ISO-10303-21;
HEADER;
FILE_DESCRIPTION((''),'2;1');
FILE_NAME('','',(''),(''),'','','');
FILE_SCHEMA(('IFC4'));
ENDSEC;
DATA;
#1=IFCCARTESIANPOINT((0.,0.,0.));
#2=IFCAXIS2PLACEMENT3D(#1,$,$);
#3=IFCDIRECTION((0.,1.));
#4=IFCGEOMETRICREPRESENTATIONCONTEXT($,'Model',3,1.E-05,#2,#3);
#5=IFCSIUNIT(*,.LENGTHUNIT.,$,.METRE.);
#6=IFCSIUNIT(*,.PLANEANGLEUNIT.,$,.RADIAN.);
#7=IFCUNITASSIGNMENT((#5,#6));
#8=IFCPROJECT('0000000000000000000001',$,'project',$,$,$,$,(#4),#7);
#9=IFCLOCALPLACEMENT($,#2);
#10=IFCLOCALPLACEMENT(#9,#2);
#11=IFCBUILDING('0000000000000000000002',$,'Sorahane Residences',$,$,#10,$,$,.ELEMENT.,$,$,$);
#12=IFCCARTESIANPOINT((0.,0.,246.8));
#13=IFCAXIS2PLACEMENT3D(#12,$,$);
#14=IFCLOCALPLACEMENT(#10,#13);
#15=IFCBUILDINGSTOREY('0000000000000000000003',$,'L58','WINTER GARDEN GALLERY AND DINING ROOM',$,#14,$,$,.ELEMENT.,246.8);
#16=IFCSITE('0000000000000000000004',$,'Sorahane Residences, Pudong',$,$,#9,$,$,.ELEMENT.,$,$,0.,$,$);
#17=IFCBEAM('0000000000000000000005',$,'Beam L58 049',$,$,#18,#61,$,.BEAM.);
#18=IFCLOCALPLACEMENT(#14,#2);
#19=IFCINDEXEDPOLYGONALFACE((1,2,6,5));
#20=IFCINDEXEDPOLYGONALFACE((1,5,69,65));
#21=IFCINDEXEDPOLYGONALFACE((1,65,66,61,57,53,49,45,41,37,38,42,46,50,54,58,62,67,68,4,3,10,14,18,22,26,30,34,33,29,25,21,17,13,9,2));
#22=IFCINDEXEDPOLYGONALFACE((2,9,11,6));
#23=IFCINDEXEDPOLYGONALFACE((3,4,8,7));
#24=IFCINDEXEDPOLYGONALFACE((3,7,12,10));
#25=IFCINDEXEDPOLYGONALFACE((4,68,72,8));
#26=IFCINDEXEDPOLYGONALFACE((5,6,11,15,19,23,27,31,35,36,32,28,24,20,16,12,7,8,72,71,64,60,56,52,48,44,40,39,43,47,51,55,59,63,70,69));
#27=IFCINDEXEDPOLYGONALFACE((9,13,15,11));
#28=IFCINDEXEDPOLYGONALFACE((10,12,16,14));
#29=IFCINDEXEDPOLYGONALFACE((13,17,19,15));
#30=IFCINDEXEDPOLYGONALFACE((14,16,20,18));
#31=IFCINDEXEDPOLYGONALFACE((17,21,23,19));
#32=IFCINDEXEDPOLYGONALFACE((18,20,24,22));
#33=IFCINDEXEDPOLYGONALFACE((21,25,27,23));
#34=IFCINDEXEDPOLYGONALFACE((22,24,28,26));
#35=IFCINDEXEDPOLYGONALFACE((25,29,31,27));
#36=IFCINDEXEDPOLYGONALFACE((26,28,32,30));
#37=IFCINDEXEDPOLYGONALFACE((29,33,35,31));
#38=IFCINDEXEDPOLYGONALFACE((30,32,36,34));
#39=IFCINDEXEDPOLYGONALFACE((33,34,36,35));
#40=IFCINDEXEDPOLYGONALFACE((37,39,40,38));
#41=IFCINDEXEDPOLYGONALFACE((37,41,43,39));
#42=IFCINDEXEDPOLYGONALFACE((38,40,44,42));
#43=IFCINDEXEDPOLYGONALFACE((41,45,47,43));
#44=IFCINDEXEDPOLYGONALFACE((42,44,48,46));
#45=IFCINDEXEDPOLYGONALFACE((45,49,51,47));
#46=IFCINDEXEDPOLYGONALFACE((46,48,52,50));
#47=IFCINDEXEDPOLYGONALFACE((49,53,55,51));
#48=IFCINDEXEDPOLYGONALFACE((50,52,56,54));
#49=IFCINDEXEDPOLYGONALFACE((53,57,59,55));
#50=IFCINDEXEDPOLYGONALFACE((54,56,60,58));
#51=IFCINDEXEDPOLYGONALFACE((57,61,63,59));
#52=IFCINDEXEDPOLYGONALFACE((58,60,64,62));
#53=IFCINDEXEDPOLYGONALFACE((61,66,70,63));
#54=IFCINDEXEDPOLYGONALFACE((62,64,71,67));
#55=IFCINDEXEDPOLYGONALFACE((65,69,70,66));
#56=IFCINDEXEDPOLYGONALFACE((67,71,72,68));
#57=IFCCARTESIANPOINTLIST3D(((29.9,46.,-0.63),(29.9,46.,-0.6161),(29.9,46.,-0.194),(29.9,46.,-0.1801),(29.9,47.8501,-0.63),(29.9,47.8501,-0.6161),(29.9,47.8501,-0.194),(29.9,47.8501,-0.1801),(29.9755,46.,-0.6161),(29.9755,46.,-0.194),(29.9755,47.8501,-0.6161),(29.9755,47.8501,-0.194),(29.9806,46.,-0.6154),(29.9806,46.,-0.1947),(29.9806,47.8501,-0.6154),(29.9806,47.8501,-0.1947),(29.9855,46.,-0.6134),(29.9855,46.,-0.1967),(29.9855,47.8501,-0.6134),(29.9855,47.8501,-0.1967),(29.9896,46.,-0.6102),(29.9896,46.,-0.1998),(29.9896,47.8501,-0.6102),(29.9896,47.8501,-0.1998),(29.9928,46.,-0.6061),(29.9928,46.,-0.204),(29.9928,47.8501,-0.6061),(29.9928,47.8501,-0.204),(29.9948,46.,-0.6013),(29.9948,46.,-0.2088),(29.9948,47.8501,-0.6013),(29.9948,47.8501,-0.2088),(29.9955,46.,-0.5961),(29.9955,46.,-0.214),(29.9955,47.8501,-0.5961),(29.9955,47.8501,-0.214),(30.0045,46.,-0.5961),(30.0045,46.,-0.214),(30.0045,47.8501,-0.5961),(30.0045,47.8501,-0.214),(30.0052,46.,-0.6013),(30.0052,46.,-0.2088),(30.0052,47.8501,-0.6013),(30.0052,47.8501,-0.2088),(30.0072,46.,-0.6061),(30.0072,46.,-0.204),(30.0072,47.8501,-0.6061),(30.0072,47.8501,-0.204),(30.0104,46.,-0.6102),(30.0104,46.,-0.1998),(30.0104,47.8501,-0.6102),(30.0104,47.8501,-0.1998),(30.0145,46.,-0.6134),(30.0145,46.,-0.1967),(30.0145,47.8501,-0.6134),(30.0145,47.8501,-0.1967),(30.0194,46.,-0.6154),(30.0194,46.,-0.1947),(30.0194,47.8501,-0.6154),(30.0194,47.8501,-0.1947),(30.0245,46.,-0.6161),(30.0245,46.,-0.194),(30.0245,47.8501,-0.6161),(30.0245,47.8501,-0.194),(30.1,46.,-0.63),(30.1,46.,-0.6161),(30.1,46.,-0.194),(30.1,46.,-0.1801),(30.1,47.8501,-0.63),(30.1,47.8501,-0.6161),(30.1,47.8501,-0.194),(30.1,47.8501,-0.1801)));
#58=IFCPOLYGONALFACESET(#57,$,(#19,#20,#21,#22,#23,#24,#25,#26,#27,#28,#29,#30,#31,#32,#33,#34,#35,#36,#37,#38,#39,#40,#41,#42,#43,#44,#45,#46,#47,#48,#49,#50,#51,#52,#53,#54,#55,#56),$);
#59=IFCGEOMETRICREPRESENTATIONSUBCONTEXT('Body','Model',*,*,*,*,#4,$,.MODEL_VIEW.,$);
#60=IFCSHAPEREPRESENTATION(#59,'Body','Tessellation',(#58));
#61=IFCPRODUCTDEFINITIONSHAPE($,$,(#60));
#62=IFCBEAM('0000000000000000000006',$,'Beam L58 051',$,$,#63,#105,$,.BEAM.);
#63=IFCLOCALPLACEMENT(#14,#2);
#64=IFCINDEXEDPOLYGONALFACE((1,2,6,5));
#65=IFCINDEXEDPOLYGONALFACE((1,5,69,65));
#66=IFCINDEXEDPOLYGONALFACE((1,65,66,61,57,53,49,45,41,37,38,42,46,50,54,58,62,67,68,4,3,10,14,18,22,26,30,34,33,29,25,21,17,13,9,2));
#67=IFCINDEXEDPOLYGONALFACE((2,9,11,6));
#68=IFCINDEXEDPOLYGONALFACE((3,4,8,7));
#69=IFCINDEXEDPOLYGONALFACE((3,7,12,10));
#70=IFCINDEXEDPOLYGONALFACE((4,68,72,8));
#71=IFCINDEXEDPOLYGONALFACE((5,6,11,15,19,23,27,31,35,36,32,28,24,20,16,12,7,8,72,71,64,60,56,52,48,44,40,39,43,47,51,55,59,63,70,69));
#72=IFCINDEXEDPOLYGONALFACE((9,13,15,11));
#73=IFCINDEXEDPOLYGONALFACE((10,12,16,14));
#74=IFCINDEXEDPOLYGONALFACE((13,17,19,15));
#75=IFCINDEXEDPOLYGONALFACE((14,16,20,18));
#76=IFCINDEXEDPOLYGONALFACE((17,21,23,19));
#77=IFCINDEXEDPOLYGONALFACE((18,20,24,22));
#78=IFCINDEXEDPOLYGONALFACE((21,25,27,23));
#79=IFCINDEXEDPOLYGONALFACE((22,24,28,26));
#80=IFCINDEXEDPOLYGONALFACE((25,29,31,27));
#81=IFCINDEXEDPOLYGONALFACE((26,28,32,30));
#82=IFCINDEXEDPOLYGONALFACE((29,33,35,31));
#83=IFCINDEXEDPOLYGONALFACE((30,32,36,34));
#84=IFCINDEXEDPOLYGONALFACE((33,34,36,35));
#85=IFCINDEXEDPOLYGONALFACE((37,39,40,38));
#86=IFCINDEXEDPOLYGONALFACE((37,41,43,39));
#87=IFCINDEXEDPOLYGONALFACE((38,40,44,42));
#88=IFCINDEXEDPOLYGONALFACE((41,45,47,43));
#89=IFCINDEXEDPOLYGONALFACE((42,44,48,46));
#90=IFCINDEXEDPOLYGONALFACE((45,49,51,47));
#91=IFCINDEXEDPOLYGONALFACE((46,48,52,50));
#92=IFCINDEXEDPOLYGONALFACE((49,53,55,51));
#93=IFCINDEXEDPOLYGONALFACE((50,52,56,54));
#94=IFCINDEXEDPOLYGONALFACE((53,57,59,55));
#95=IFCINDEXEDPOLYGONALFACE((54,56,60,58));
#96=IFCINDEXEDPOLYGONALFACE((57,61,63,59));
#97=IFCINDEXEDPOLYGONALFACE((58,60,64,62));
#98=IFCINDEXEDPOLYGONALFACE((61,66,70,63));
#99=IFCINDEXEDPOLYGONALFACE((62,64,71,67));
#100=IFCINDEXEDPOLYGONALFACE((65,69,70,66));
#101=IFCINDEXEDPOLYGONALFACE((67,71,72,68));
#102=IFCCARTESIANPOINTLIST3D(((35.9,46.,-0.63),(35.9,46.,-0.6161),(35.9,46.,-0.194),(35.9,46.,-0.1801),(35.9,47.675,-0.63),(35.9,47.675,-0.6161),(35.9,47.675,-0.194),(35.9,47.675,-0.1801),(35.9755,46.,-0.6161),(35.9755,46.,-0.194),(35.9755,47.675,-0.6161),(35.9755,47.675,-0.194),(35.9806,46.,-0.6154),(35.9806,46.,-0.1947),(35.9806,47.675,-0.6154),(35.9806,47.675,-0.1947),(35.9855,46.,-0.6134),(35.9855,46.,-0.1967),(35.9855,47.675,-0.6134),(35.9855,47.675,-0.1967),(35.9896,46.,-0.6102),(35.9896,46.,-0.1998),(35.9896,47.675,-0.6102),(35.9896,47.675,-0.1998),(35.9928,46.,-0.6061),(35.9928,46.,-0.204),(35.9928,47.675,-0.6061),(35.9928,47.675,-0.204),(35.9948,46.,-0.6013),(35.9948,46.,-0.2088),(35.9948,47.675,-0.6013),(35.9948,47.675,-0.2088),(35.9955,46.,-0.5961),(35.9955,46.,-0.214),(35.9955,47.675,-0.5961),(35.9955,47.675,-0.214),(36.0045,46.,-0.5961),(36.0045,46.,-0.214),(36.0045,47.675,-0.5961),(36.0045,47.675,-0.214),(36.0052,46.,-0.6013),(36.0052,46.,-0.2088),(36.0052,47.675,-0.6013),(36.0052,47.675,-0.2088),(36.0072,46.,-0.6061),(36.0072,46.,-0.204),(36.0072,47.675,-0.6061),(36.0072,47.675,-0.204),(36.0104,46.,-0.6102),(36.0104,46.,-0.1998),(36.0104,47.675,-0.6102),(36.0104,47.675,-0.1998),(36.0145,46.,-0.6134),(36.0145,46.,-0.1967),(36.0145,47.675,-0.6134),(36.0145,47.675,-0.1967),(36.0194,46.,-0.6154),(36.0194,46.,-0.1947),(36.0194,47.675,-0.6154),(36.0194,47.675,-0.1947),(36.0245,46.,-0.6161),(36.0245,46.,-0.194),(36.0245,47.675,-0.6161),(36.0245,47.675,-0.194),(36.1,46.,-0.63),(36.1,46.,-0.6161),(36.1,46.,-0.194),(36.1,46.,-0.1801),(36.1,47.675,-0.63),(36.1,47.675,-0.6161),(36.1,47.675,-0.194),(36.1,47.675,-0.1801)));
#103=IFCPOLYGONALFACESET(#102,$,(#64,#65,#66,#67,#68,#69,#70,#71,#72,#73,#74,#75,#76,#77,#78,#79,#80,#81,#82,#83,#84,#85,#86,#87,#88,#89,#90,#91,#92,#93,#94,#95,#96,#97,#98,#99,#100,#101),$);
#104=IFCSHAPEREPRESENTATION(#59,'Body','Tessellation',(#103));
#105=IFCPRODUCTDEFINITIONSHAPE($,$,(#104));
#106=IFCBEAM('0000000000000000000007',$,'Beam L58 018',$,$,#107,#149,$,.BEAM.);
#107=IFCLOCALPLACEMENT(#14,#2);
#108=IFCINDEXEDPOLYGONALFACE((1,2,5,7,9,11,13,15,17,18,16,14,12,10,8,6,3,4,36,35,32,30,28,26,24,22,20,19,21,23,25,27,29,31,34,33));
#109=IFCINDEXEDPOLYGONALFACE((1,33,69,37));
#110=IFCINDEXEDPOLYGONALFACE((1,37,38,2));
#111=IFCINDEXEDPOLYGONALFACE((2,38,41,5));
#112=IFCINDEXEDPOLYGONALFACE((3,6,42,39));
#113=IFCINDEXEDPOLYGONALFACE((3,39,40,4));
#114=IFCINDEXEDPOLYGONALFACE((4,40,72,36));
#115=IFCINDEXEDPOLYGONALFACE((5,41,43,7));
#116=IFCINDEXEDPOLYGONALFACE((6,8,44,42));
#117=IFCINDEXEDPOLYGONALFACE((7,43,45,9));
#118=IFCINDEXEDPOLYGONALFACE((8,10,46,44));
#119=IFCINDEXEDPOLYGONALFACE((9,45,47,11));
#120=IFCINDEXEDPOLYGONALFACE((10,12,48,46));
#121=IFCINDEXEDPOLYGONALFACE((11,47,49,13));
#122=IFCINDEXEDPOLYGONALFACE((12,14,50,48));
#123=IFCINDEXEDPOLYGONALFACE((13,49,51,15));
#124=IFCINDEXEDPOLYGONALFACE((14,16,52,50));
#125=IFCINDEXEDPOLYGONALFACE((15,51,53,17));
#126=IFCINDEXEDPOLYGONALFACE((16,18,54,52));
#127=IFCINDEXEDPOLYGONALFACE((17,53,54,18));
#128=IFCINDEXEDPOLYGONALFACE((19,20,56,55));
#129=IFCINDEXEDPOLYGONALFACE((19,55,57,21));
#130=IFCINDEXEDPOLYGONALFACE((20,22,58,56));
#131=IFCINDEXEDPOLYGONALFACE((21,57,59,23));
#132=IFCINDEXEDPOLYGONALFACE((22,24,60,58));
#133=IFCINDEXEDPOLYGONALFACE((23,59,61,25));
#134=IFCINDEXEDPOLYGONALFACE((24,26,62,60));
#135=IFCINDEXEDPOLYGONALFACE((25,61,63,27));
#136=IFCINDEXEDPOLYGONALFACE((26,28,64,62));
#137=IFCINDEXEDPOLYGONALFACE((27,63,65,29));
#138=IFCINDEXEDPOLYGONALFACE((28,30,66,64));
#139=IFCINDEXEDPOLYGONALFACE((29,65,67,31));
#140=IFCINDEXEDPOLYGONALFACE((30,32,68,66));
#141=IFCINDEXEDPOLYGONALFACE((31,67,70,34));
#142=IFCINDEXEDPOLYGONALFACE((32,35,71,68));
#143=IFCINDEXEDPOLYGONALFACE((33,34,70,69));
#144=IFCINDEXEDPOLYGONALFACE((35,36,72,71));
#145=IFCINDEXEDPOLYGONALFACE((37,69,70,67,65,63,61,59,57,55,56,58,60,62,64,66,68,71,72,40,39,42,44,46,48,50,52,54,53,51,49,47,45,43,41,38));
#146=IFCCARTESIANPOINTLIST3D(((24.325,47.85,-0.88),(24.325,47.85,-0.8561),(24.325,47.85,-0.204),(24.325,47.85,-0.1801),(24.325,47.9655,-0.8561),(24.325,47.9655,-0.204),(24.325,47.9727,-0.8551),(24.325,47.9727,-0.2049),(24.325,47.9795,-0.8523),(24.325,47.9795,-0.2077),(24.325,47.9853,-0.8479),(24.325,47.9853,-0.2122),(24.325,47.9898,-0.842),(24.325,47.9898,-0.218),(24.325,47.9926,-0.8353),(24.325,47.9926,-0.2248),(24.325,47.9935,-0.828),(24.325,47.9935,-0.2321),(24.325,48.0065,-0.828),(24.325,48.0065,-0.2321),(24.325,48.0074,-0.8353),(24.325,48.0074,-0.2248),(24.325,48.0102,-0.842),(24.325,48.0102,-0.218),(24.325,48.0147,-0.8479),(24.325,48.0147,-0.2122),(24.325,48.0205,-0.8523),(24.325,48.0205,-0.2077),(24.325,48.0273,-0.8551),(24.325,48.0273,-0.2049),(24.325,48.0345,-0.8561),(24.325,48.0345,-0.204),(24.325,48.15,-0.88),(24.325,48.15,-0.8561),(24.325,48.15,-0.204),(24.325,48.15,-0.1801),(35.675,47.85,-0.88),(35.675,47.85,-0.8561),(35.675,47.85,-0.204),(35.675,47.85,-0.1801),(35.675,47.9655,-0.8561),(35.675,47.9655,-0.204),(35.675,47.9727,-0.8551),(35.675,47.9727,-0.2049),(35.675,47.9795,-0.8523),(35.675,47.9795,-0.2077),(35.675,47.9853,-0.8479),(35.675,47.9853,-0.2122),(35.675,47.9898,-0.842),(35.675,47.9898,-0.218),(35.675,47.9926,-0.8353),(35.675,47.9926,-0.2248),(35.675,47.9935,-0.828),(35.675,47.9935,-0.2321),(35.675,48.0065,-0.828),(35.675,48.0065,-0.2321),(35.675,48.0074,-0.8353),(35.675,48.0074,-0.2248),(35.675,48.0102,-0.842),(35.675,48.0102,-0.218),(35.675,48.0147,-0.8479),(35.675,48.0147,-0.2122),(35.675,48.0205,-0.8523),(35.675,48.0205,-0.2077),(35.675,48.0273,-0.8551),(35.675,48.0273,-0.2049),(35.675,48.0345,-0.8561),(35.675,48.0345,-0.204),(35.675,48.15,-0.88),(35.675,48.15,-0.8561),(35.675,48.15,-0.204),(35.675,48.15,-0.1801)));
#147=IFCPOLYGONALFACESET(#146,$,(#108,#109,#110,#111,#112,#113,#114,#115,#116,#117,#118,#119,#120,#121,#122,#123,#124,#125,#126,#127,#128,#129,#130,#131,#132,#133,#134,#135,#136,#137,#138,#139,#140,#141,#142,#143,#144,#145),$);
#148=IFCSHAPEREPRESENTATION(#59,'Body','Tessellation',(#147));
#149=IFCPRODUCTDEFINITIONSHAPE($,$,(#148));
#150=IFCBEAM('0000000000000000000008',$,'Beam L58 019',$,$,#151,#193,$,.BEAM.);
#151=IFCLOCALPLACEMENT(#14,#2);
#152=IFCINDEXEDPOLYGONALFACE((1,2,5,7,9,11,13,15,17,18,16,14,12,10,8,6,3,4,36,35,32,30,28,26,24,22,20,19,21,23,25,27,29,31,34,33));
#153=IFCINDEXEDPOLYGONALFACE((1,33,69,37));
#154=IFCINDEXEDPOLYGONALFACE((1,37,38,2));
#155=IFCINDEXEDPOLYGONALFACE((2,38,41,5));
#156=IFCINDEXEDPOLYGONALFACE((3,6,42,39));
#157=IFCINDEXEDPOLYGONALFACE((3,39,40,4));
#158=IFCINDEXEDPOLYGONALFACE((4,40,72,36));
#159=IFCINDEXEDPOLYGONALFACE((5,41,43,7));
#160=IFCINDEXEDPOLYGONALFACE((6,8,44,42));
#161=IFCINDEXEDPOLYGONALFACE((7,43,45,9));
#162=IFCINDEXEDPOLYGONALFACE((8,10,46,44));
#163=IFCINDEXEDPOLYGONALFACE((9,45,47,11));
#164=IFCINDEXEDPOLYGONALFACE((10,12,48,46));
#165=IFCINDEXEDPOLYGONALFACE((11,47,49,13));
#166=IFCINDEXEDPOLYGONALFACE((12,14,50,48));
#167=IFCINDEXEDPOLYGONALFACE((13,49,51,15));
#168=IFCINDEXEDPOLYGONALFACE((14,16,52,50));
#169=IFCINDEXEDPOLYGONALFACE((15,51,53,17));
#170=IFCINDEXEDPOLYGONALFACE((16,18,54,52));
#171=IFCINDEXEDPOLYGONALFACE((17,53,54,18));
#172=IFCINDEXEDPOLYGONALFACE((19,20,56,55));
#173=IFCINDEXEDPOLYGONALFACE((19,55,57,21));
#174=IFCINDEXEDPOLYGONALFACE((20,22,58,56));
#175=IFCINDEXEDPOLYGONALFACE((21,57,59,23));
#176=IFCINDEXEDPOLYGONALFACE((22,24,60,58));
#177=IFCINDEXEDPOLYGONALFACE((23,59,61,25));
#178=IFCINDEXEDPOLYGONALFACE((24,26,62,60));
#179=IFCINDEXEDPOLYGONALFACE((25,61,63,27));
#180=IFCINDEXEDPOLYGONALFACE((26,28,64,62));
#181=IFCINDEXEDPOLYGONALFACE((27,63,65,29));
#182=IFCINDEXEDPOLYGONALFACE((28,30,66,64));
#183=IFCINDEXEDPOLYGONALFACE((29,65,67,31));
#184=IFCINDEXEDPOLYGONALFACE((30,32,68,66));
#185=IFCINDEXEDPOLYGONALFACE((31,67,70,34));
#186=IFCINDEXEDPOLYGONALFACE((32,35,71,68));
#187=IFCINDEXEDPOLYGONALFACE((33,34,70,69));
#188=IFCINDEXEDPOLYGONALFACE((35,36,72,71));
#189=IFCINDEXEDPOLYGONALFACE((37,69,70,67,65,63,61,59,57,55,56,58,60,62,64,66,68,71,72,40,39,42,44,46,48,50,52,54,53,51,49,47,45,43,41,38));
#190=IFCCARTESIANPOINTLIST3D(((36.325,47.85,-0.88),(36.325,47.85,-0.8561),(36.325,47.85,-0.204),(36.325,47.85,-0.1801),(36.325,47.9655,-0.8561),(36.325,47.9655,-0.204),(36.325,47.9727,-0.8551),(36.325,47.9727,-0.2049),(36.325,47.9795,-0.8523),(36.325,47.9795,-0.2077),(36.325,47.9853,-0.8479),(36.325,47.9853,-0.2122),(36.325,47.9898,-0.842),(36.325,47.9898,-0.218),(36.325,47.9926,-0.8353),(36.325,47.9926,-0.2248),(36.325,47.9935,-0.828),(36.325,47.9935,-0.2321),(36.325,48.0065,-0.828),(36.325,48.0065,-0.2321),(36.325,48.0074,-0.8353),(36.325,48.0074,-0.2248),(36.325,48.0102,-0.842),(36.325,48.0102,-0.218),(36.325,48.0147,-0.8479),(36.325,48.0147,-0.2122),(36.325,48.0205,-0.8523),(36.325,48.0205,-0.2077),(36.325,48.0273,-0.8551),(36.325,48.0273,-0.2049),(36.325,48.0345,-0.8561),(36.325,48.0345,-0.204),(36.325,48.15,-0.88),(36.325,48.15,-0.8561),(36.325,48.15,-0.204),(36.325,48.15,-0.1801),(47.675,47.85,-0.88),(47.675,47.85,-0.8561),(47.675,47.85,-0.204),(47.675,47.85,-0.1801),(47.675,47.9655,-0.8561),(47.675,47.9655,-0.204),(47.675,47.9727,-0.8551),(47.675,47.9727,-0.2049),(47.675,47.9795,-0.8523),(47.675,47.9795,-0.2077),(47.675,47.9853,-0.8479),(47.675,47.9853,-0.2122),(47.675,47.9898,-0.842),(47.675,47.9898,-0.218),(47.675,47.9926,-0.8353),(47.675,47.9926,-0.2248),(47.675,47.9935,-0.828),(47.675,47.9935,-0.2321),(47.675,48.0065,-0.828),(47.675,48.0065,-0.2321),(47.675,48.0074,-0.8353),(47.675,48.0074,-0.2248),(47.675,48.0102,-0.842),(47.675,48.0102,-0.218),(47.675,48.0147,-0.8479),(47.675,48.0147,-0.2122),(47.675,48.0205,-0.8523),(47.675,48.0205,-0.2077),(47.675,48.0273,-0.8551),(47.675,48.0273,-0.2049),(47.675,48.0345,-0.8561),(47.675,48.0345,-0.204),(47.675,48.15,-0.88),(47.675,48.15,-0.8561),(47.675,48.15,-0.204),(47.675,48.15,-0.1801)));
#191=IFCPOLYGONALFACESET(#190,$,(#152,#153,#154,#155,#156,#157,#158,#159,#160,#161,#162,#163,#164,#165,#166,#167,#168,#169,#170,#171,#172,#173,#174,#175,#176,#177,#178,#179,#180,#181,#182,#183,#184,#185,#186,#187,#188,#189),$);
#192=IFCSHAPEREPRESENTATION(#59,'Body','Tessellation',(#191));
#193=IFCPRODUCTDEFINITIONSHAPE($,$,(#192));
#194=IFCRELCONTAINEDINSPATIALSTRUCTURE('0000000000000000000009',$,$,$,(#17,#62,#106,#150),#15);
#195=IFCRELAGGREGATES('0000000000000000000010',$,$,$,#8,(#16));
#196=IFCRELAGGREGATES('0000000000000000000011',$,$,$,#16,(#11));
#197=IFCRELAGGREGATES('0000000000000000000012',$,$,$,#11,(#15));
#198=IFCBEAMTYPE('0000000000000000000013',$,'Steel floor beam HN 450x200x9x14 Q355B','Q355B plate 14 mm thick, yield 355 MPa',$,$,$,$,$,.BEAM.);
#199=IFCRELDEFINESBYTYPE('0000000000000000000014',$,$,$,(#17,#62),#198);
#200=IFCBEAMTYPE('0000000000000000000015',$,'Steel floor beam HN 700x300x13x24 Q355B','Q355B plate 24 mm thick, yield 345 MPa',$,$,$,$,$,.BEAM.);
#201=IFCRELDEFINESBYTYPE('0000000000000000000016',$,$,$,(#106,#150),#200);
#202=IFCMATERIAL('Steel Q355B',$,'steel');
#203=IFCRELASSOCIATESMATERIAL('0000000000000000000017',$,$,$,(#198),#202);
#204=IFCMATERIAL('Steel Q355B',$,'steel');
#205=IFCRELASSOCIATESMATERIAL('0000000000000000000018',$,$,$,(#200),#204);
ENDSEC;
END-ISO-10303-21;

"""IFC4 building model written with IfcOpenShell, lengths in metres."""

from ifc_helpers import new_model, si_unit, direction, frame, origin, origin_2d, place, context, subcontext, project, spatial, i_section, extrude, material, material_profile, profile_set, type_object, element, save


model = new_model("IFC4")

# Units and contexts
model_context = context("Model", 3, precision=1e-05, world=origin(), true_north=direction((0.0, 1.0)))
body_context = subcontext(model_context, "Body", "Model", "MODEL_VIEW")
ifc_project = project(units=[si_unit("LENGTHUNIT", "METRE"), si_unit("PLANEANGLEUNIT", "RADIAN")], contexts=[model_context])

# Site, building, storey
site_placement = place(None, origin())
site = spatial("IfcSite", under=ifc_project, at=site_placement, Name="Sorahane Residences, Pudong", CompositionType="ELEMENT", RefElevation=0.0)
building_placement = place(site_placement, origin())
building = spatial("IfcBuilding", under=site, at=building_placement, Name="Sorahane Residences", CompositionType="ELEMENT")
storey_placement = place(building_placement, frame((0.0, 0.0, 246.8)))
storey = spatial("IfcBuildingStorey", under=building, at=storey_placement, Name="L58", Description="WINTER GARDEN GALLERY AND DINING ROOM", CompositionType="ELEMENT", Elevation=246.8)

# Beams
ifc_material_1 = material(Name="Steel Q355B", Category="steel")
ifc_material_profile_1 = material_profile(ifc_material_1, i_section(OverallWidth=0.2, OverallDepth=0.45, WebThickness=0.009, FlangeThickness=0.0139, FilletRadius=0.02, at=origin_2d()), Name="HN 450x200x9x14")
ifc_profile_set_1 = profile_set([ifc_material_profile_1], Name="Steel Q355B")
beam_type_1 = type_object("IfcBeamType", Name="Steel floor beam HN 450x200x9x14 Q355B", Description="Q355B plate 14 mm thick, yield 355 MPa", PredefinedType="BEAM", material=ifc_profile_set_1)
beam_1_placement = place(storey_placement, frame((30.0, 46.0, -0.405), z_axis=(0.0, 1.0, 0.0), x_axis=(-1.0, 0.0, 0.0)))
element("IfcBeam", 1, at=beam_1_placement, inside=storey, type_object=beam_type_1, Name="Beam L58 049", PredefinedType="BEAM", context=body_context, shape_type="SweptSolid", body=[
    extrude(i_section(OverallWidth=0.2, OverallDepth=0.45, WebThickness=0.009, FlangeThickness=0.0139, FilletRadius=0.02, at=origin_2d()), origin(), (0.0, 0.0, 1.0), 1.8501),
])
beam_2_placement = place(storey_placement, frame((36.0, 46.0, -0.405), z_axis=(0.0, 1.0, 0.0), x_axis=(-1.0, 0.0, 0.0)))
element("IfcBeam", 2, at=beam_2_placement, inside=storey, type_object=beam_type_1, Name="Beam L58 051", PredefinedType="BEAM", context=body_context, shape_type="SweptSolid", body=[
    extrude(i_section(OverallWidth=0.2, OverallDepth=0.45, WebThickness=0.009, FlangeThickness=0.0139, FilletRadius=0.02, at=origin_2d()), origin(), (0.0, 0.0, 1.0), 1.675),
])
ifc_material_2 = material(Name="Steel Q355B", Category="steel")
ifc_material_profile_2 = material_profile(ifc_material_2, i_section(OverallWidth=0.3, OverallDepth=0.7, WebThickness=0.0129, FlangeThickness=0.0239, FilletRadius=0.0281, at=origin_2d()), Name="HN 700x300x13x24")
ifc_profile_set_2 = profile_set([ifc_material_profile_2], Name="Steel Q355B")
beam_type_2 = type_object("IfcBeamType", Name="Steel floor beam HN 700x300x13x24 Q355B", Description="Q355B plate 24 mm thick, yield 345 MPa", PredefinedType="BEAM", material=ifc_profile_set_2)
for number, where, z_axis, x_axis, name in (
    (3, (24.325, 48.0, -0.53), (1.0, 0.0, 0.0), (0.0, 1.0, 0.0), "Beam L58 018"),
    (4, (36.325, 48.0, -0.53), (1.0, 0.0, 0.0), (0.0, 1.0, 0.0), "Beam L58 019"),
):
    element("IfcBeam", number, at=place(storey_placement, frame(where, z_axis=z_axis, x_axis=x_axis)), inside=storey, type_object=beam_type_2, Name=name, PredefinedType="BEAM", context=body_context, shape_type="SweptSolid", body=[
        extrude(i_section(OverallWidth=0.3, OverallDepth=0.7, WebThickness=0.0129, FlangeThickness=0.0239, FilletRadius=0.0281, at=origin_2d()), origin(), (0.0, 0.0, 1.0), 11.3501),
    ])

save(model, "model.ifc")
